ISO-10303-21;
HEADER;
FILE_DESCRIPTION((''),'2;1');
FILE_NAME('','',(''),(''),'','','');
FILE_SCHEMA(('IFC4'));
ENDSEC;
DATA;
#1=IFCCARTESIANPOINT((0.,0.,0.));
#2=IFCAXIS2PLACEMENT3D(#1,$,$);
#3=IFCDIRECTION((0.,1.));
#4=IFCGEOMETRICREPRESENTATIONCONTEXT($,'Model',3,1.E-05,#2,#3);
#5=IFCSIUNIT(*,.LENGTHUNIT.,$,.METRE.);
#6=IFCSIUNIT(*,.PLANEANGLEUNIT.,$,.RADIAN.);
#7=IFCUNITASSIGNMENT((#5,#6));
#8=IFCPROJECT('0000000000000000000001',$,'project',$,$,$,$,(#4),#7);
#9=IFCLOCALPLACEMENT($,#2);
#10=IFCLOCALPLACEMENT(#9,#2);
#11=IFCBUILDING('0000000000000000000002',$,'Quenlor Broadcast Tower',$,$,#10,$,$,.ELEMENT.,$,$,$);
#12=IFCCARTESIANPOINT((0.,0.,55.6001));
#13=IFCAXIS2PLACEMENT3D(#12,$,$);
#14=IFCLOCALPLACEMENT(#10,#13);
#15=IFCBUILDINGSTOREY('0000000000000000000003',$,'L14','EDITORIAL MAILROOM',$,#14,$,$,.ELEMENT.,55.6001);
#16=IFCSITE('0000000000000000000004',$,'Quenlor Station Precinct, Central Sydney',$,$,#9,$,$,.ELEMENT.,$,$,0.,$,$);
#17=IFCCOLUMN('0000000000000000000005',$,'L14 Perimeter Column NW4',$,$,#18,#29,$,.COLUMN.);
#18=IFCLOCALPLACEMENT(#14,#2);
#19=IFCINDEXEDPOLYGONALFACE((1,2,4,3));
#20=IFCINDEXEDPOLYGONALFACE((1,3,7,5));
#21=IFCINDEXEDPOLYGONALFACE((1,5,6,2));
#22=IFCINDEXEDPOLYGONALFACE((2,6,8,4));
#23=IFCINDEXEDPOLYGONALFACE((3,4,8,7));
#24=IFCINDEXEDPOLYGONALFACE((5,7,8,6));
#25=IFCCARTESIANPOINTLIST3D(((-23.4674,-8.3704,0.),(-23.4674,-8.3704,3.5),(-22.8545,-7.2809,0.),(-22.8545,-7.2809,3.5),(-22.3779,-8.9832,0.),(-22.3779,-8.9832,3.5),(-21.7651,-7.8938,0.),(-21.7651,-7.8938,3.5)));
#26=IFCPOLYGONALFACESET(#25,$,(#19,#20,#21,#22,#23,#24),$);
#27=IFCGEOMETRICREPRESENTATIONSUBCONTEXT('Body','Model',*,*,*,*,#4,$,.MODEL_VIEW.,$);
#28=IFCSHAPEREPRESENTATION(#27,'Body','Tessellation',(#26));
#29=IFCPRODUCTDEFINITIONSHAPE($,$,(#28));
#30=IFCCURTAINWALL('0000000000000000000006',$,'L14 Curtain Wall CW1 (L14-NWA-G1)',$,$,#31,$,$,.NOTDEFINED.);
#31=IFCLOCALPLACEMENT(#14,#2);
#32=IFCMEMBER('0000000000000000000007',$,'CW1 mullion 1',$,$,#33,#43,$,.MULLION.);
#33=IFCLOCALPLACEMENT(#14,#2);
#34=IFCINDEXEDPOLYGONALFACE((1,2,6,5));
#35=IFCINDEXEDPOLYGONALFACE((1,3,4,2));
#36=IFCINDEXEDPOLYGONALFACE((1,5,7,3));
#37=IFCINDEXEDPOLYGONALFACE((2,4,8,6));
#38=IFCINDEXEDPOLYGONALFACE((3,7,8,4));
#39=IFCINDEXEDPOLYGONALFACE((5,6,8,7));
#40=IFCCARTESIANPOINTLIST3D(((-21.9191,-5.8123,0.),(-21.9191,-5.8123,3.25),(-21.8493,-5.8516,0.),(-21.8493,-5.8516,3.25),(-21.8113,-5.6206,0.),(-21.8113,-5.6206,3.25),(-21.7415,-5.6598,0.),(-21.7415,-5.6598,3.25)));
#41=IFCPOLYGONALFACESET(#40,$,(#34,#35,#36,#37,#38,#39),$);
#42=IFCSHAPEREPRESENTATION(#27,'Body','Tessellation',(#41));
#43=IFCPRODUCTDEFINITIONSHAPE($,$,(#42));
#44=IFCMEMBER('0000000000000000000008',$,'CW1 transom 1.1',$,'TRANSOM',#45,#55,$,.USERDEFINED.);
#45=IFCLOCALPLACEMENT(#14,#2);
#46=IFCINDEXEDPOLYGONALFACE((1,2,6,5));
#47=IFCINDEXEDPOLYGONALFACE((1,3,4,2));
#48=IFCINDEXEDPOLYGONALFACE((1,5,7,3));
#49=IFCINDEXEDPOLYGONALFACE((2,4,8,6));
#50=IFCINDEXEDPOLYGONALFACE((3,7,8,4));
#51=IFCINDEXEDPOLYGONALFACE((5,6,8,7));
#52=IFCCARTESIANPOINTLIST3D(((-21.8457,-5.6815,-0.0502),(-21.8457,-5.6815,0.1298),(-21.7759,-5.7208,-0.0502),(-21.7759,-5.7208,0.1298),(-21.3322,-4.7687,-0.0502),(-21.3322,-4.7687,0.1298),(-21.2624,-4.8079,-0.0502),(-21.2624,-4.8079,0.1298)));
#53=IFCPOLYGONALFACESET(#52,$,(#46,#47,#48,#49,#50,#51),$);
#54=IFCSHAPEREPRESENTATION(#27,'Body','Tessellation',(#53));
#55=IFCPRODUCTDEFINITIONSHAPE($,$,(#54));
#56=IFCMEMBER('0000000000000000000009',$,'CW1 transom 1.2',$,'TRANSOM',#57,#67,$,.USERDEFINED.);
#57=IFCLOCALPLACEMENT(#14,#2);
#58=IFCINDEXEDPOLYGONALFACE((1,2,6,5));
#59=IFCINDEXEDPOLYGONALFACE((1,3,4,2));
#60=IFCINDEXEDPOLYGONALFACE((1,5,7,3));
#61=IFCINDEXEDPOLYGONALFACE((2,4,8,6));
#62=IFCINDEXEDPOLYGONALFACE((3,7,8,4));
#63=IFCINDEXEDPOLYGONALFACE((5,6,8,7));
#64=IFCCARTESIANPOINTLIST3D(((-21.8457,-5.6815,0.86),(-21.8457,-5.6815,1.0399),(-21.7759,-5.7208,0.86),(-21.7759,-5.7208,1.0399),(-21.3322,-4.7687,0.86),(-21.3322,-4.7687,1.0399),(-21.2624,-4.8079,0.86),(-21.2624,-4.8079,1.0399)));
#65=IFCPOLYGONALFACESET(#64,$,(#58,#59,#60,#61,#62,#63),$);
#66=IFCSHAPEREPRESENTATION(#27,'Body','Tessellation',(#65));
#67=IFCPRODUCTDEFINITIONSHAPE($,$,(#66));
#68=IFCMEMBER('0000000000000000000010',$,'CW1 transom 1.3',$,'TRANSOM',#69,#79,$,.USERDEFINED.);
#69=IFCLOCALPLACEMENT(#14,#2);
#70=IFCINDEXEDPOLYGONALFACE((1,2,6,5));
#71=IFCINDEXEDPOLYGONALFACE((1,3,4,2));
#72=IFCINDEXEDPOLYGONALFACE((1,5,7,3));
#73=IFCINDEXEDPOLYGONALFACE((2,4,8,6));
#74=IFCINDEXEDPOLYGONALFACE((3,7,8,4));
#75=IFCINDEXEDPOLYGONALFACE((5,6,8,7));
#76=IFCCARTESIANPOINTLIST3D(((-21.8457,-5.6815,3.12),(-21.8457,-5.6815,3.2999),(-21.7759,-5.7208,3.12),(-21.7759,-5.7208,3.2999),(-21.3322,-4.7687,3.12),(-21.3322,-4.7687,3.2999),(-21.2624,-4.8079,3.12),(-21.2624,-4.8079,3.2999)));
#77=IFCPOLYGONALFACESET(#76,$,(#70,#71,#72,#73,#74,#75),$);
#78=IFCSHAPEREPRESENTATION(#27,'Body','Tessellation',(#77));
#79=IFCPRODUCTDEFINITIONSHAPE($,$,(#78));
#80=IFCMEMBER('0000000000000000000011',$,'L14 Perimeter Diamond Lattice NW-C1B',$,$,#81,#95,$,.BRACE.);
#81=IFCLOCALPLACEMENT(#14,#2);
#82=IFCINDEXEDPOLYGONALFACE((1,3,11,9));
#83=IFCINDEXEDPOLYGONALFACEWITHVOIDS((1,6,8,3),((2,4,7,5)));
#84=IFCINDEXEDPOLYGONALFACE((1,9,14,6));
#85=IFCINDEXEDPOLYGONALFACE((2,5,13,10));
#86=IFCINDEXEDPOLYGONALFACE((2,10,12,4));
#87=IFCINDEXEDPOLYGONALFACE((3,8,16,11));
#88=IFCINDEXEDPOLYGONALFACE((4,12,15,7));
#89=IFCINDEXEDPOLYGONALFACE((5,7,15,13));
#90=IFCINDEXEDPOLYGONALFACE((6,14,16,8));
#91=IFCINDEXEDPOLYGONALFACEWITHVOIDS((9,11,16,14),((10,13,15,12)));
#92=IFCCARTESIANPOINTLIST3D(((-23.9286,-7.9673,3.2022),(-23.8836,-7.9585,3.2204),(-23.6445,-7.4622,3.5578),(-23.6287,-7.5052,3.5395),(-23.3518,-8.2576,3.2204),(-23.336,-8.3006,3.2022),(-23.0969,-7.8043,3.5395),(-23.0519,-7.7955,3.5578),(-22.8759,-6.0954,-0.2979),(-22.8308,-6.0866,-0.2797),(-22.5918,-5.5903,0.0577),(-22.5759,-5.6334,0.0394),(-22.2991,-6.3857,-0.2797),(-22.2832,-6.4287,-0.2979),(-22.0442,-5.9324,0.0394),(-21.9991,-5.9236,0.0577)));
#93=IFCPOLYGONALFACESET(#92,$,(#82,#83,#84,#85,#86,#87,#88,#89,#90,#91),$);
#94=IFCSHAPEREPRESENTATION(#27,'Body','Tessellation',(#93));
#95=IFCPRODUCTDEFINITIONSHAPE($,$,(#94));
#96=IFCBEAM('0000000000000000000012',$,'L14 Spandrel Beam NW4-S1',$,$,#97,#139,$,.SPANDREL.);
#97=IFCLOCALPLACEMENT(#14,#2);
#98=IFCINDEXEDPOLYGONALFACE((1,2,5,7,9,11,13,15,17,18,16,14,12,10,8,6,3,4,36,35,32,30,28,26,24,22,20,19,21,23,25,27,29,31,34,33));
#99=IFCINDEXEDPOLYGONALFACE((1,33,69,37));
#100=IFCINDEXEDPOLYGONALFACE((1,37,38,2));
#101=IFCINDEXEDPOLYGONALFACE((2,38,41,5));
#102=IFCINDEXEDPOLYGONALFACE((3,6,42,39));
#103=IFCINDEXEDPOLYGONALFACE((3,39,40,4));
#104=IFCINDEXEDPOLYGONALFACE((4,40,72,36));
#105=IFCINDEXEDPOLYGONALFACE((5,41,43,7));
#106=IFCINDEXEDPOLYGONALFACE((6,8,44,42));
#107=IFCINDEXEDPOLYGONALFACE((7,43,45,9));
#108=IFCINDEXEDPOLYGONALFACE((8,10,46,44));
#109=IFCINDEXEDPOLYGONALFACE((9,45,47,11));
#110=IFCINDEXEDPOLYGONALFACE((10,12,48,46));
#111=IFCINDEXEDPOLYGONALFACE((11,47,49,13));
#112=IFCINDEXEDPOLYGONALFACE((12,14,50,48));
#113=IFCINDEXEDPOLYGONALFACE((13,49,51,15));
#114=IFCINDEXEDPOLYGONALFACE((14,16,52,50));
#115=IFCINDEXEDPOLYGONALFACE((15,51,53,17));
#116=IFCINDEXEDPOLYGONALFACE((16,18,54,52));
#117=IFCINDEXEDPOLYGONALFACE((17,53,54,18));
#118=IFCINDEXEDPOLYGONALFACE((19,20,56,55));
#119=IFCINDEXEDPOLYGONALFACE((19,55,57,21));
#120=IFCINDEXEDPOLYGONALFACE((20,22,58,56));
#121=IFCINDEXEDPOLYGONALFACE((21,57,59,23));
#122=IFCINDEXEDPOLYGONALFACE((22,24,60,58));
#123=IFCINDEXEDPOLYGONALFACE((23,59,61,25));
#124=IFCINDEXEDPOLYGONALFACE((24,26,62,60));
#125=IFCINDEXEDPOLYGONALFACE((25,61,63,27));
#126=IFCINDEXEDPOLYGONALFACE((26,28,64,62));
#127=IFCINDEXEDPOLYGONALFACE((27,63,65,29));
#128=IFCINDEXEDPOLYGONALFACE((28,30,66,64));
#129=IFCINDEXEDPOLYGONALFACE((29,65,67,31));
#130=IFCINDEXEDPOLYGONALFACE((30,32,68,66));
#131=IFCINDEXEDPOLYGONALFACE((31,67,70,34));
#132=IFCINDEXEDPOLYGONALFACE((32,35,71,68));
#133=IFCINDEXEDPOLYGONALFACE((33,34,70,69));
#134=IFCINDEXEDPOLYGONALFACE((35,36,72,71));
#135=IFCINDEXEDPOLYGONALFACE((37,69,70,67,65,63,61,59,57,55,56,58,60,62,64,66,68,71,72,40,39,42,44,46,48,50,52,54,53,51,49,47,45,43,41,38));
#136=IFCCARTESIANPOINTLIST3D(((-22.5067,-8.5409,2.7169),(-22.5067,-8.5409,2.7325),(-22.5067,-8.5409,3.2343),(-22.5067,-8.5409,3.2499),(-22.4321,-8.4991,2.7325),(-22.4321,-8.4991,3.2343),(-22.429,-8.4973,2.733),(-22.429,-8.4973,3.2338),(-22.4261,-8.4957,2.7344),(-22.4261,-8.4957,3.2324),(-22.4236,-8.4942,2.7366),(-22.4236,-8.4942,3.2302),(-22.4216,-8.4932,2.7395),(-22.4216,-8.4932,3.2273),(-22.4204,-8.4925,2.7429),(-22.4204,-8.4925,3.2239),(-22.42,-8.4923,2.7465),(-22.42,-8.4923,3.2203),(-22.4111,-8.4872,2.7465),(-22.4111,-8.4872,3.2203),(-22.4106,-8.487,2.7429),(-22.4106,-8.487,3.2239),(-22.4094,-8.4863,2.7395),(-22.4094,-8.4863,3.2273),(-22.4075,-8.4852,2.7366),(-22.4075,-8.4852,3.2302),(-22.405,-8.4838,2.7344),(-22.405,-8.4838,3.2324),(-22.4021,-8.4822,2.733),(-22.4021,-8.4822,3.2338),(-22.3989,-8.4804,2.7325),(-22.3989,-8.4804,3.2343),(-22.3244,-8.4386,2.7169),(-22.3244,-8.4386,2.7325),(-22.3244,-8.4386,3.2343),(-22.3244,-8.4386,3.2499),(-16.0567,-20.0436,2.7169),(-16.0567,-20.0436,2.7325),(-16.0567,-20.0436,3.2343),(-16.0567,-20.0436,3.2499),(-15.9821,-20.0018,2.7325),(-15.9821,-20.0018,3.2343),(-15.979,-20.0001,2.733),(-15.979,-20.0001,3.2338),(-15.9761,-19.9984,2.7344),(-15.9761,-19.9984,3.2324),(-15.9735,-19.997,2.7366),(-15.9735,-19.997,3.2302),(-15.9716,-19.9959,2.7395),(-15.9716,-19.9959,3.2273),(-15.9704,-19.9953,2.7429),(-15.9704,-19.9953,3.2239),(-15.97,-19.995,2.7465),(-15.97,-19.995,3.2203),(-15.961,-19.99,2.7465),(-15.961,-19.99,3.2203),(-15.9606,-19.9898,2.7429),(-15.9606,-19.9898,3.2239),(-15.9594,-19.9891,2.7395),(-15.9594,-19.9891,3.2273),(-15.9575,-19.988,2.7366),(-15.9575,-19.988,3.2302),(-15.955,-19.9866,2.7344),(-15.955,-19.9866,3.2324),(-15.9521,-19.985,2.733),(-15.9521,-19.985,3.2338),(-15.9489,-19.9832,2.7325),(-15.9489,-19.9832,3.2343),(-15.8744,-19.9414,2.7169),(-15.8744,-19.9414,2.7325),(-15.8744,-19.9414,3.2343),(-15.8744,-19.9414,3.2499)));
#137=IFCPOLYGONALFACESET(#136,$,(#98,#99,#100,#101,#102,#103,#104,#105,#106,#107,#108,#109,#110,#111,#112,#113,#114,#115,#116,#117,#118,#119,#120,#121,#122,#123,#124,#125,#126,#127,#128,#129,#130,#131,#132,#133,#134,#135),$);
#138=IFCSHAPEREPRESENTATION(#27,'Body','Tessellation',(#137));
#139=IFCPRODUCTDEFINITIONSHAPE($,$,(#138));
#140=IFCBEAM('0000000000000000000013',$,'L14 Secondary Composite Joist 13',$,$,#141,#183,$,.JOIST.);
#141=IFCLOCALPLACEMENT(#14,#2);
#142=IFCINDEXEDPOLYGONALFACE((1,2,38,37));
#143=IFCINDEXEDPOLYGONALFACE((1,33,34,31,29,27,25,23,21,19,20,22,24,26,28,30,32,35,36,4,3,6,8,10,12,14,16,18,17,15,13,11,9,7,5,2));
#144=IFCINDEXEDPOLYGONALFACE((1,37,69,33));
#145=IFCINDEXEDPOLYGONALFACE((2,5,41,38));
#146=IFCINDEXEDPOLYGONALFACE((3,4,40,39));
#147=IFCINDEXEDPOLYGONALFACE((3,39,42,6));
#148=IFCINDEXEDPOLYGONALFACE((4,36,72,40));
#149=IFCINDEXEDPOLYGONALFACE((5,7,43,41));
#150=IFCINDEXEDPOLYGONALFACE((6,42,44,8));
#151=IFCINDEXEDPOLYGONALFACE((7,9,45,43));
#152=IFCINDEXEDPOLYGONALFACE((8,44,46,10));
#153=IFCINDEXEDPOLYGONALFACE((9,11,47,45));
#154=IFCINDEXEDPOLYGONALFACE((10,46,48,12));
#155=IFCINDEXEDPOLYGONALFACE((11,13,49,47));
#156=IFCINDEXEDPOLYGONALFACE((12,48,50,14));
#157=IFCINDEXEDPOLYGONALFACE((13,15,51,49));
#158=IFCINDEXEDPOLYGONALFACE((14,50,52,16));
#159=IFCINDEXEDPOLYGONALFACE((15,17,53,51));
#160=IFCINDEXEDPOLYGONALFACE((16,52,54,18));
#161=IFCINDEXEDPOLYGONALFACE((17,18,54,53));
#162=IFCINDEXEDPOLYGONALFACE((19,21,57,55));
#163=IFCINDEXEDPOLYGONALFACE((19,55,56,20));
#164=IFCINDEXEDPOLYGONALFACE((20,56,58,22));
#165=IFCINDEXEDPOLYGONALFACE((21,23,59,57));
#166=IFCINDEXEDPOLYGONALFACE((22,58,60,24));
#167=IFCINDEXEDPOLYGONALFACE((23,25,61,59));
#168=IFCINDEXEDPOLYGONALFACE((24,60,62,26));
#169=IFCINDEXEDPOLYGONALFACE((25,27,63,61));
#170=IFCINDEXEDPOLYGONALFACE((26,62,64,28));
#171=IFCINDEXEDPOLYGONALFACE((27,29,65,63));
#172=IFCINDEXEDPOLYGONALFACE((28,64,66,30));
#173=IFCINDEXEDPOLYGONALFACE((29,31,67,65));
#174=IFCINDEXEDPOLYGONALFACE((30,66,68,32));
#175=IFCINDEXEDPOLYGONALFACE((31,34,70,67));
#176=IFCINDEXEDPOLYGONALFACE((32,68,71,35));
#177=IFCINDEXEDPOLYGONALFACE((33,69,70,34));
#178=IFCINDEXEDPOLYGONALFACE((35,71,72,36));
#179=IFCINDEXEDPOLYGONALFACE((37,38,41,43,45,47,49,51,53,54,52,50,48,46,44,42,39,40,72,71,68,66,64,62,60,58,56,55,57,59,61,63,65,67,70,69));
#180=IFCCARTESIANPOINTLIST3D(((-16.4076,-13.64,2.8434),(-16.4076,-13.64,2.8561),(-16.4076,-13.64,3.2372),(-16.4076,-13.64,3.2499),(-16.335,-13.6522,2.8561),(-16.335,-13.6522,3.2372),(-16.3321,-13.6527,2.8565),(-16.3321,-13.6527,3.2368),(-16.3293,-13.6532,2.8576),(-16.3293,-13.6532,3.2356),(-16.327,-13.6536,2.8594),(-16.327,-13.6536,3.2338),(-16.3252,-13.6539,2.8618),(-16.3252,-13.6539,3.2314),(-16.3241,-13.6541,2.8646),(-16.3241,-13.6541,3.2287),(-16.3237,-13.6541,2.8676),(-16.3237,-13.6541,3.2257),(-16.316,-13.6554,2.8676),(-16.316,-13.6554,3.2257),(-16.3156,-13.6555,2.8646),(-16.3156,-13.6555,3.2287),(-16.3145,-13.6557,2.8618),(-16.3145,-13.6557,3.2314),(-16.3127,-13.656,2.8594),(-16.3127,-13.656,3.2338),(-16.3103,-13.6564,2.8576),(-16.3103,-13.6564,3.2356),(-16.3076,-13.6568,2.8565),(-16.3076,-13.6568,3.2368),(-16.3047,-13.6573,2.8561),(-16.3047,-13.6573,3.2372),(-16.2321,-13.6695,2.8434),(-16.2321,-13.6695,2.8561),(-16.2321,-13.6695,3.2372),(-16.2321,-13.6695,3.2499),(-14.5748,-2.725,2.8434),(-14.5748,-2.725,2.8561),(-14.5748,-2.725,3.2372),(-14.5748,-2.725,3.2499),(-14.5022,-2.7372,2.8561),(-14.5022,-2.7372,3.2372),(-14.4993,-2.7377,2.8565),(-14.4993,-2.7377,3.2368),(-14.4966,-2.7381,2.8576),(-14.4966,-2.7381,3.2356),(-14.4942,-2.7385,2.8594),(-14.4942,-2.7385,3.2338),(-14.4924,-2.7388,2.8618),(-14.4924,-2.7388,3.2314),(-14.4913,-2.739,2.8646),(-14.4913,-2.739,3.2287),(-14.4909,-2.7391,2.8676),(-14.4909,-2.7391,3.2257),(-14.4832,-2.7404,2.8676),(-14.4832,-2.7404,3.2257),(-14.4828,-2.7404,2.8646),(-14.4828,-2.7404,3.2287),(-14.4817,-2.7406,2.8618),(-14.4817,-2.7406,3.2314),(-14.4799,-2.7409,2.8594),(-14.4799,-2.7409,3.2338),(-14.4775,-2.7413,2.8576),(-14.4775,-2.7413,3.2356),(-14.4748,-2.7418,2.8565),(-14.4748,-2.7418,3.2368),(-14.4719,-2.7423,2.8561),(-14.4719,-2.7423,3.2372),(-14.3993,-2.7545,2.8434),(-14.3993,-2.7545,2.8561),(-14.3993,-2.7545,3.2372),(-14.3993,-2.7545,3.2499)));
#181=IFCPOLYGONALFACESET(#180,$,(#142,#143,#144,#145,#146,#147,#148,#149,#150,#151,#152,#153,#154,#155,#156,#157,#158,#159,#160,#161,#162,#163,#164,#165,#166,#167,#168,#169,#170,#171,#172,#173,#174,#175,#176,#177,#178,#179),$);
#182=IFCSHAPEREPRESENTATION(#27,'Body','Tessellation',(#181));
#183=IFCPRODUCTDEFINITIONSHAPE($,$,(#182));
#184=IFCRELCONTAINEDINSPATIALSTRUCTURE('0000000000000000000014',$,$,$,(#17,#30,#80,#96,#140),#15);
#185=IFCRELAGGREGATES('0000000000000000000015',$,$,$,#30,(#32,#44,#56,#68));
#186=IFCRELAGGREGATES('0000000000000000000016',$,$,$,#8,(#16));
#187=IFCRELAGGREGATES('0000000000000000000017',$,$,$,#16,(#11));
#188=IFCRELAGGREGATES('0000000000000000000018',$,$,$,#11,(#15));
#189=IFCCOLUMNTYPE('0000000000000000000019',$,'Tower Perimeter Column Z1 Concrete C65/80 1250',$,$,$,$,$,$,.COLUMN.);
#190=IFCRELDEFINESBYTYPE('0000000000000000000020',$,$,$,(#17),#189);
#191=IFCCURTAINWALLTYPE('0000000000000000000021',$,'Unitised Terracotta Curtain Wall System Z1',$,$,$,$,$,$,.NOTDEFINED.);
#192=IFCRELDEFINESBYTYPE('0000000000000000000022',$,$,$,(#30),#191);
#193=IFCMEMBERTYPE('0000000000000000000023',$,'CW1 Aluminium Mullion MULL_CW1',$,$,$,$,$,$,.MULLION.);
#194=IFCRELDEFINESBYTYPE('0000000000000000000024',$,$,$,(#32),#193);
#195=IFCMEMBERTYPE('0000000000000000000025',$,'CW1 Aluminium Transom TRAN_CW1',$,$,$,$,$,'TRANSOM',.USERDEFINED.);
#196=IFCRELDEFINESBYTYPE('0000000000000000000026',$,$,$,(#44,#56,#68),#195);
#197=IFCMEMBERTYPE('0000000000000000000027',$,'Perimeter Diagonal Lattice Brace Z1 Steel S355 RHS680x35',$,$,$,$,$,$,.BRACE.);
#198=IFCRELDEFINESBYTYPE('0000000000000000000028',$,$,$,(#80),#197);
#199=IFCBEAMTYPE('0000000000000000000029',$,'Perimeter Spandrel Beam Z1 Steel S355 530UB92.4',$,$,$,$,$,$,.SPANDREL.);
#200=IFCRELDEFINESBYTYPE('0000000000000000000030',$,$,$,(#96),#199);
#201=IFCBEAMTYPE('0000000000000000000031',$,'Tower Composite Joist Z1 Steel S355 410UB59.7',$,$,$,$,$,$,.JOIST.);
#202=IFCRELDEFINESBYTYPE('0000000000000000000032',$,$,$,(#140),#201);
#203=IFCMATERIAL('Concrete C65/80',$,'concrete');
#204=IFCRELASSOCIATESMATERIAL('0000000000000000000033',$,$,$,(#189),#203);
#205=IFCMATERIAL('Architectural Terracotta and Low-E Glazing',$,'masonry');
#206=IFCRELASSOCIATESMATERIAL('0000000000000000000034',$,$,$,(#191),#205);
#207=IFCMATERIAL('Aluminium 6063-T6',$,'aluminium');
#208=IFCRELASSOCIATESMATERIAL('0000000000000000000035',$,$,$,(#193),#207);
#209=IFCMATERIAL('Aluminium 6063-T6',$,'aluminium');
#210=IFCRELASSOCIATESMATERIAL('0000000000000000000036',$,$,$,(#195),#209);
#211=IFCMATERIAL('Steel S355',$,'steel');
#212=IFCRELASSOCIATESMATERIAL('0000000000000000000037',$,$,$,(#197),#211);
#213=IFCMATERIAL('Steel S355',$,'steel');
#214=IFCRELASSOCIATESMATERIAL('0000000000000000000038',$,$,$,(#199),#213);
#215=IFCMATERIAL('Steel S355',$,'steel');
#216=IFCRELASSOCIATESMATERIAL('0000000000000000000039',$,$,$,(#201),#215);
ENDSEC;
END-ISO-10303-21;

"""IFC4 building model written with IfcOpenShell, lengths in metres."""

from ifc_helpers import new_model, si_unit, direction, frame, origin, origin_2d, place, context, subcontext, project, spatial, rectangle, hollow_rectangle, i_section, extrude, material, material_profile, profile_set, type_object, element, aggregate, save


model = new_model("IFC4")

# Units and contexts
model_context = context("Model", 3, precision=1e-05, world=origin(), true_north=direction((0.0, 1.0)))
body_context = subcontext(model_context, "Body", "Model", "MODEL_VIEW")
ifc_project = project(units=[si_unit("LENGTHUNIT", "METRE"), si_unit("PLANEANGLEUNIT", "RADIAN")], contexts=[model_context])

# Site, building, storey
site_placement = place(None, origin())
site = spatial("IfcSite", under=ifc_project, at=site_placement, Name="Quenlor Station Precinct, Central Sydney", CompositionType="ELEMENT", RefElevation=0.0)
building_placement = place(site_placement, origin())
building = spatial("IfcBuilding", under=site, at=building_placement, Name="Quenlor Broadcast Tower", CompositionType="ELEMENT")
storey_placement = place(building_placement, frame((0.0, 0.0, 55.6001)))
storey = spatial("IfcBuildingStorey", under=building, at=storey_placement, Name="L14", Description="EDITORIAL MAILROOM", CompositionType="ELEMENT", Elevation=55.6001)

# Column
ifc_material_1 = material(Name="Concrete C65/80", Category="concrete")
ifc_material_profile_1 = material_profile(ifc_material_1, rectangle(XDim=1.25, YDim=1.25, at=origin_2d()))
ifc_profile_set_1 = profile_set([ifc_material_profile_1], Name="Concrete C65/80 RC1250x1250")
column_type = type_object("IfcColumnType", Name="Tower Perimeter Column Z1 Concrete C65/80 1250", PredefinedType="COLUMN", material=ifc_profile_set_1)
column_placement = place(storey_placement, frame((-22.6162, -8.1321, 0.0), z_axis=(0.0, 0.0, 1.0), x_axis=(-0.871575, 0.490262, 0.0)))
element("IfcColumn", 1, at=column_placement, inside=storey, type_object=column_type, Name="L14 Perimeter Column NW4", PredefinedType="COLUMN", context=body_context, shape_type="SweptSolid", body=[
    extrude(rectangle(XDim=1.25, YDim=1.25, at=origin_2d()), origin(), (0.0, 0.0, 1.0), 3.5),
])

# Curtain wall, members
ifc_material_2 = material(Name="Architectural Terracotta and Low-E Glazing", Category="masonry")
curtain_wall_type = type_object("IfcCurtainWallType", Name="Unitised Terracotta Curtain Wall System Z1", PredefinedType="NOTDEFINED", material=ifc_material_2)
curtain_wall_placement = place(storey_placement, origin())
curtain_wall = element("IfcCurtainWall", 2, at=curtain_wall_placement, inside=storey, type_object=curtain_wall_type, Name="L14 Curtain Wall CW1 (L14-NWA-G1)", PredefinedType="NOTDEFINED")
ifc_material_3 = material(Name="Aluminium 6063-T6", Category="aluminium")
ifc_material_profile_2 = material_profile(ifc_material_3, rectangle(XDim=0.0801, YDim=0.22, at=origin_2d()))
ifc_profile_set_2 = profile_set([ifc_material_profile_2], Name="Aluminium 6063-T6 MULL80x220")
member_type_1 = type_object("IfcMemberType", Name="CW1 Aluminium Mullion MULL_CW1", PredefinedType="MULLION", material=ifc_profile_set_2)
member_1_placement = place(storey_placement, frame((-21.8303, -5.7361, 0.0), z_axis=(0.0, 0.0, 1.0), x_axis=(-0.871602, 0.490214, 0.0)))
member_1 = element("IfcMember", 3, at=member_1_placement, type_object=member_type_1, Name="CW1 mullion 1", PredefinedType="MULLION", context=body_context, shape_type="SweptSolid", body=[
    extrude(rectangle(XDim=0.0801, YDim=0.22, at=origin_2d()), origin(), (0.0, 0.0, 1.0), 3.25),
])
ifc_material_4 = material(Name="Aluminium 6063-T6", Category="aluminium")
ifc_material_profile_3 = material_profile(ifc_material_4, rectangle(XDim=0.0801, YDim=0.1799, at=origin_2d()))
ifc_profile_set_3 = profile_set([ifc_material_profile_3], Name="Aluminium 6063-T6 TRAN80x180")
member_type_2 = type_object("IfcMemberType", Name="CW1 Aluminium Transom TRAN_CW1", ElementType="TRANSOM", PredefinedType="USERDEFINED", material=ifc_profile_set_3)
member_2_placement = place(storey_placement, frame((-21.8108, -5.7012, 0.0398), z_axis=(0.490228, 0.871594, 0.0), x_axis=(-0.871594, 0.490228, 0.0)))
member_2 = element("IfcMember", 4, at=member_2_placement, type_object=member_type_2, Name="CW1 transom 1.1", ObjectType="TRANSOM", PredefinedType="USERDEFINED", context=body_context, shape_type="SweptSolid", body=[
    extrude(rectangle(XDim=0.0801, YDim=0.1799, at=origin_2d()), origin(), (0.0, 0.0, 1.0), 1.0474),
])
member_3_placement = place(storey_placement, frame((-21.8108, -5.7012, 0.95), z_axis=(0.490228, 0.871594, 0.0), x_axis=(-0.871594, 0.490228, 0.0)))
member_3 = element("IfcMember", 5, at=member_3_placement, type_object=member_type_2, Name="CW1 transom 1.2", ObjectType="TRANSOM", PredefinedType="USERDEFINED", context=body_context, shape_type="SweptSolid", body=[
    extrude(rectangle(XDim=0.0801, YDim=0.1799, at=origin_2d()), origin(), (0.0, 0.0, 1.0), 1.0474),
])
member_4_placement = place(storey_placement, frame((-21.8108, -5.7012, 3.21), z_axis=(0.490228, 0.871594, 0.0), x_axis=(-0.871594, 0.490228, 0.0)))
member_4 = element("IfcMember", 6, at=member_4_placement, type_object=member_type_2, Name="CW1 transom 1.3", ObjectType="TRANSOM", PredefinedType="USERDEFINED", context=body_context, shape_type="SweptSolid", body=[
    extrude(rectangle(XDim=0.0801, YDim=0.1799, at=origin_2d()), origin(), (0.0, 0.0, 1.0), 1.0474),
])

# Member
ifc_material_5 = material(Name="Steel S355", Category="steel")
ifc_material_profile_4 = material_profile(ifc_material_5, hollow_rectangle(XDim=0.6799, YDim=0.6799, WallThickness=0.0349, at=origin_2d()))
ifc_profile_set_4 = profile_set([ifc_material_profile_4], Name="Steel S355 RHS680x680x35")
member_type_3 = type_object("IfcMemberType", Name="Perimeter Diagonal Lattice Brace Z1 Steel S355 RHS680x35", PredefinedType="BRACE", material=ifc_profile_set_4)
member_5_placement = place(storey_placement, frame((-22.4375, -6.0095, -0.1201), z_axis=(-0.256368, -0.455839, 0.852342), x_axis=(0.871609, -0.490202, 0.0)))
element("IfcMember", 7, at=member_5_placement, inside=storey, type_object=member_type_3, Name="L14 Perimeter Diamond Lattice NW-C1B", PredefinedType="BRACE", context=body_context, shape_type="SweptSolid", body=[
    extrude(hollow_rectangle(XDim=0.6799, YDim=0.6799, WallThickness=0.0349, at=origin_2d()), origin(), (0.0, 0.0, 1.0), 4.1064),
])

# Beams
ifc_material_6 = material(Name="Steel S355", Category="steel")
ifc_material_profile_5 = material_profile(ifc_material_6, i_section(OverallWidth=0.209, OverallDepth=0.533, WebThickness=0.0103, FlangeThickness=0.0156, FilletRadius=0.0139, at=origin_2d()))
ifc_profile_set_5 = profile_set([ifc_material_profile_5], Name="Steel S355 530UB92.4")
beam_type_1 = type_object("IfcBeamType", Name="Perimeter Spandrel Beam Z1 Steel S355 530UB92.4", PredefinedType="SPANDREL", material=ifc_profile_set_5)
beam_1_placement = place(storey_placement, frame((-22.4155, -8.4897, 2.9834), z_axis=(0.489091, -0.872233, 0.0), x_axis=(0.872233, 0.489091, 0.0)))
element("IfcBeam", 8, at=beam_1_placement, inside=storey, type_object=beam_type_1, Name="L14 Spandrel Beam NW4-S1", PredefinedType="SPANDREL", context=body_context, shape_type="SweptSolid", body=[
    extrude(i_section(OverallWidth=0.209, OverallDepth=0.533, WebThickness=0.0103, FlangeThickness=0.0156, FilletRadius=0.0139, at=origin_2d()), origin(), (0.0, 0.0, 1.0), 13.1877),
])
ifc_material_7 = material(Name="Steel S355", Category="steel")
ifc_material_profile_6 = material_profile(ifc_material_7, i_section(OverallWidth=0.178, OverallDepth=0.4065, WebThickness=0.0078, FlangeThickness=0.0127, FilletRadius=0.0115, at=origin_2d()))
ifc_profile_set_6 = profile_set([ifc_material_profile_6], Name="Steel S355 410UB59.7")
beam_type_2 = type_object("IfcBeamType", Name="Tower Composite Joist Z1 Steel S355 410UB59.7", PredefinedType="JOIST", material=ifc_profile_set_6)
beam_2_placement = place(storey_placement, frame((-16.3198, -13.6548, 3.0466), z_axis=(0.165594, 0.986194, 0.0), x_axis=(-0.986194, 0.165594, 0.0)))
element("IfcBeam", 9, at=beam_2_placement, inside=storey, type_object=beam_type_2, Name="L14 Secondary Composite Joist 13", PredefinedType="JOIST", context=body_context, shape_type="SweptSolid", body=[
    extrude(i_section(OverallWidth=0.178, OverallDepth=0.4065, WebThickness=0.0078, FlangeThickness=0.0127, FilletRadius=0.0115, at=origin_2d()), origin(), (0.0, 0.0, 1.0), 11.0679),
])

aggregate(curtain_wall, [member_1, member_2, member_3, member_4])

save(model, "model.ifc")
